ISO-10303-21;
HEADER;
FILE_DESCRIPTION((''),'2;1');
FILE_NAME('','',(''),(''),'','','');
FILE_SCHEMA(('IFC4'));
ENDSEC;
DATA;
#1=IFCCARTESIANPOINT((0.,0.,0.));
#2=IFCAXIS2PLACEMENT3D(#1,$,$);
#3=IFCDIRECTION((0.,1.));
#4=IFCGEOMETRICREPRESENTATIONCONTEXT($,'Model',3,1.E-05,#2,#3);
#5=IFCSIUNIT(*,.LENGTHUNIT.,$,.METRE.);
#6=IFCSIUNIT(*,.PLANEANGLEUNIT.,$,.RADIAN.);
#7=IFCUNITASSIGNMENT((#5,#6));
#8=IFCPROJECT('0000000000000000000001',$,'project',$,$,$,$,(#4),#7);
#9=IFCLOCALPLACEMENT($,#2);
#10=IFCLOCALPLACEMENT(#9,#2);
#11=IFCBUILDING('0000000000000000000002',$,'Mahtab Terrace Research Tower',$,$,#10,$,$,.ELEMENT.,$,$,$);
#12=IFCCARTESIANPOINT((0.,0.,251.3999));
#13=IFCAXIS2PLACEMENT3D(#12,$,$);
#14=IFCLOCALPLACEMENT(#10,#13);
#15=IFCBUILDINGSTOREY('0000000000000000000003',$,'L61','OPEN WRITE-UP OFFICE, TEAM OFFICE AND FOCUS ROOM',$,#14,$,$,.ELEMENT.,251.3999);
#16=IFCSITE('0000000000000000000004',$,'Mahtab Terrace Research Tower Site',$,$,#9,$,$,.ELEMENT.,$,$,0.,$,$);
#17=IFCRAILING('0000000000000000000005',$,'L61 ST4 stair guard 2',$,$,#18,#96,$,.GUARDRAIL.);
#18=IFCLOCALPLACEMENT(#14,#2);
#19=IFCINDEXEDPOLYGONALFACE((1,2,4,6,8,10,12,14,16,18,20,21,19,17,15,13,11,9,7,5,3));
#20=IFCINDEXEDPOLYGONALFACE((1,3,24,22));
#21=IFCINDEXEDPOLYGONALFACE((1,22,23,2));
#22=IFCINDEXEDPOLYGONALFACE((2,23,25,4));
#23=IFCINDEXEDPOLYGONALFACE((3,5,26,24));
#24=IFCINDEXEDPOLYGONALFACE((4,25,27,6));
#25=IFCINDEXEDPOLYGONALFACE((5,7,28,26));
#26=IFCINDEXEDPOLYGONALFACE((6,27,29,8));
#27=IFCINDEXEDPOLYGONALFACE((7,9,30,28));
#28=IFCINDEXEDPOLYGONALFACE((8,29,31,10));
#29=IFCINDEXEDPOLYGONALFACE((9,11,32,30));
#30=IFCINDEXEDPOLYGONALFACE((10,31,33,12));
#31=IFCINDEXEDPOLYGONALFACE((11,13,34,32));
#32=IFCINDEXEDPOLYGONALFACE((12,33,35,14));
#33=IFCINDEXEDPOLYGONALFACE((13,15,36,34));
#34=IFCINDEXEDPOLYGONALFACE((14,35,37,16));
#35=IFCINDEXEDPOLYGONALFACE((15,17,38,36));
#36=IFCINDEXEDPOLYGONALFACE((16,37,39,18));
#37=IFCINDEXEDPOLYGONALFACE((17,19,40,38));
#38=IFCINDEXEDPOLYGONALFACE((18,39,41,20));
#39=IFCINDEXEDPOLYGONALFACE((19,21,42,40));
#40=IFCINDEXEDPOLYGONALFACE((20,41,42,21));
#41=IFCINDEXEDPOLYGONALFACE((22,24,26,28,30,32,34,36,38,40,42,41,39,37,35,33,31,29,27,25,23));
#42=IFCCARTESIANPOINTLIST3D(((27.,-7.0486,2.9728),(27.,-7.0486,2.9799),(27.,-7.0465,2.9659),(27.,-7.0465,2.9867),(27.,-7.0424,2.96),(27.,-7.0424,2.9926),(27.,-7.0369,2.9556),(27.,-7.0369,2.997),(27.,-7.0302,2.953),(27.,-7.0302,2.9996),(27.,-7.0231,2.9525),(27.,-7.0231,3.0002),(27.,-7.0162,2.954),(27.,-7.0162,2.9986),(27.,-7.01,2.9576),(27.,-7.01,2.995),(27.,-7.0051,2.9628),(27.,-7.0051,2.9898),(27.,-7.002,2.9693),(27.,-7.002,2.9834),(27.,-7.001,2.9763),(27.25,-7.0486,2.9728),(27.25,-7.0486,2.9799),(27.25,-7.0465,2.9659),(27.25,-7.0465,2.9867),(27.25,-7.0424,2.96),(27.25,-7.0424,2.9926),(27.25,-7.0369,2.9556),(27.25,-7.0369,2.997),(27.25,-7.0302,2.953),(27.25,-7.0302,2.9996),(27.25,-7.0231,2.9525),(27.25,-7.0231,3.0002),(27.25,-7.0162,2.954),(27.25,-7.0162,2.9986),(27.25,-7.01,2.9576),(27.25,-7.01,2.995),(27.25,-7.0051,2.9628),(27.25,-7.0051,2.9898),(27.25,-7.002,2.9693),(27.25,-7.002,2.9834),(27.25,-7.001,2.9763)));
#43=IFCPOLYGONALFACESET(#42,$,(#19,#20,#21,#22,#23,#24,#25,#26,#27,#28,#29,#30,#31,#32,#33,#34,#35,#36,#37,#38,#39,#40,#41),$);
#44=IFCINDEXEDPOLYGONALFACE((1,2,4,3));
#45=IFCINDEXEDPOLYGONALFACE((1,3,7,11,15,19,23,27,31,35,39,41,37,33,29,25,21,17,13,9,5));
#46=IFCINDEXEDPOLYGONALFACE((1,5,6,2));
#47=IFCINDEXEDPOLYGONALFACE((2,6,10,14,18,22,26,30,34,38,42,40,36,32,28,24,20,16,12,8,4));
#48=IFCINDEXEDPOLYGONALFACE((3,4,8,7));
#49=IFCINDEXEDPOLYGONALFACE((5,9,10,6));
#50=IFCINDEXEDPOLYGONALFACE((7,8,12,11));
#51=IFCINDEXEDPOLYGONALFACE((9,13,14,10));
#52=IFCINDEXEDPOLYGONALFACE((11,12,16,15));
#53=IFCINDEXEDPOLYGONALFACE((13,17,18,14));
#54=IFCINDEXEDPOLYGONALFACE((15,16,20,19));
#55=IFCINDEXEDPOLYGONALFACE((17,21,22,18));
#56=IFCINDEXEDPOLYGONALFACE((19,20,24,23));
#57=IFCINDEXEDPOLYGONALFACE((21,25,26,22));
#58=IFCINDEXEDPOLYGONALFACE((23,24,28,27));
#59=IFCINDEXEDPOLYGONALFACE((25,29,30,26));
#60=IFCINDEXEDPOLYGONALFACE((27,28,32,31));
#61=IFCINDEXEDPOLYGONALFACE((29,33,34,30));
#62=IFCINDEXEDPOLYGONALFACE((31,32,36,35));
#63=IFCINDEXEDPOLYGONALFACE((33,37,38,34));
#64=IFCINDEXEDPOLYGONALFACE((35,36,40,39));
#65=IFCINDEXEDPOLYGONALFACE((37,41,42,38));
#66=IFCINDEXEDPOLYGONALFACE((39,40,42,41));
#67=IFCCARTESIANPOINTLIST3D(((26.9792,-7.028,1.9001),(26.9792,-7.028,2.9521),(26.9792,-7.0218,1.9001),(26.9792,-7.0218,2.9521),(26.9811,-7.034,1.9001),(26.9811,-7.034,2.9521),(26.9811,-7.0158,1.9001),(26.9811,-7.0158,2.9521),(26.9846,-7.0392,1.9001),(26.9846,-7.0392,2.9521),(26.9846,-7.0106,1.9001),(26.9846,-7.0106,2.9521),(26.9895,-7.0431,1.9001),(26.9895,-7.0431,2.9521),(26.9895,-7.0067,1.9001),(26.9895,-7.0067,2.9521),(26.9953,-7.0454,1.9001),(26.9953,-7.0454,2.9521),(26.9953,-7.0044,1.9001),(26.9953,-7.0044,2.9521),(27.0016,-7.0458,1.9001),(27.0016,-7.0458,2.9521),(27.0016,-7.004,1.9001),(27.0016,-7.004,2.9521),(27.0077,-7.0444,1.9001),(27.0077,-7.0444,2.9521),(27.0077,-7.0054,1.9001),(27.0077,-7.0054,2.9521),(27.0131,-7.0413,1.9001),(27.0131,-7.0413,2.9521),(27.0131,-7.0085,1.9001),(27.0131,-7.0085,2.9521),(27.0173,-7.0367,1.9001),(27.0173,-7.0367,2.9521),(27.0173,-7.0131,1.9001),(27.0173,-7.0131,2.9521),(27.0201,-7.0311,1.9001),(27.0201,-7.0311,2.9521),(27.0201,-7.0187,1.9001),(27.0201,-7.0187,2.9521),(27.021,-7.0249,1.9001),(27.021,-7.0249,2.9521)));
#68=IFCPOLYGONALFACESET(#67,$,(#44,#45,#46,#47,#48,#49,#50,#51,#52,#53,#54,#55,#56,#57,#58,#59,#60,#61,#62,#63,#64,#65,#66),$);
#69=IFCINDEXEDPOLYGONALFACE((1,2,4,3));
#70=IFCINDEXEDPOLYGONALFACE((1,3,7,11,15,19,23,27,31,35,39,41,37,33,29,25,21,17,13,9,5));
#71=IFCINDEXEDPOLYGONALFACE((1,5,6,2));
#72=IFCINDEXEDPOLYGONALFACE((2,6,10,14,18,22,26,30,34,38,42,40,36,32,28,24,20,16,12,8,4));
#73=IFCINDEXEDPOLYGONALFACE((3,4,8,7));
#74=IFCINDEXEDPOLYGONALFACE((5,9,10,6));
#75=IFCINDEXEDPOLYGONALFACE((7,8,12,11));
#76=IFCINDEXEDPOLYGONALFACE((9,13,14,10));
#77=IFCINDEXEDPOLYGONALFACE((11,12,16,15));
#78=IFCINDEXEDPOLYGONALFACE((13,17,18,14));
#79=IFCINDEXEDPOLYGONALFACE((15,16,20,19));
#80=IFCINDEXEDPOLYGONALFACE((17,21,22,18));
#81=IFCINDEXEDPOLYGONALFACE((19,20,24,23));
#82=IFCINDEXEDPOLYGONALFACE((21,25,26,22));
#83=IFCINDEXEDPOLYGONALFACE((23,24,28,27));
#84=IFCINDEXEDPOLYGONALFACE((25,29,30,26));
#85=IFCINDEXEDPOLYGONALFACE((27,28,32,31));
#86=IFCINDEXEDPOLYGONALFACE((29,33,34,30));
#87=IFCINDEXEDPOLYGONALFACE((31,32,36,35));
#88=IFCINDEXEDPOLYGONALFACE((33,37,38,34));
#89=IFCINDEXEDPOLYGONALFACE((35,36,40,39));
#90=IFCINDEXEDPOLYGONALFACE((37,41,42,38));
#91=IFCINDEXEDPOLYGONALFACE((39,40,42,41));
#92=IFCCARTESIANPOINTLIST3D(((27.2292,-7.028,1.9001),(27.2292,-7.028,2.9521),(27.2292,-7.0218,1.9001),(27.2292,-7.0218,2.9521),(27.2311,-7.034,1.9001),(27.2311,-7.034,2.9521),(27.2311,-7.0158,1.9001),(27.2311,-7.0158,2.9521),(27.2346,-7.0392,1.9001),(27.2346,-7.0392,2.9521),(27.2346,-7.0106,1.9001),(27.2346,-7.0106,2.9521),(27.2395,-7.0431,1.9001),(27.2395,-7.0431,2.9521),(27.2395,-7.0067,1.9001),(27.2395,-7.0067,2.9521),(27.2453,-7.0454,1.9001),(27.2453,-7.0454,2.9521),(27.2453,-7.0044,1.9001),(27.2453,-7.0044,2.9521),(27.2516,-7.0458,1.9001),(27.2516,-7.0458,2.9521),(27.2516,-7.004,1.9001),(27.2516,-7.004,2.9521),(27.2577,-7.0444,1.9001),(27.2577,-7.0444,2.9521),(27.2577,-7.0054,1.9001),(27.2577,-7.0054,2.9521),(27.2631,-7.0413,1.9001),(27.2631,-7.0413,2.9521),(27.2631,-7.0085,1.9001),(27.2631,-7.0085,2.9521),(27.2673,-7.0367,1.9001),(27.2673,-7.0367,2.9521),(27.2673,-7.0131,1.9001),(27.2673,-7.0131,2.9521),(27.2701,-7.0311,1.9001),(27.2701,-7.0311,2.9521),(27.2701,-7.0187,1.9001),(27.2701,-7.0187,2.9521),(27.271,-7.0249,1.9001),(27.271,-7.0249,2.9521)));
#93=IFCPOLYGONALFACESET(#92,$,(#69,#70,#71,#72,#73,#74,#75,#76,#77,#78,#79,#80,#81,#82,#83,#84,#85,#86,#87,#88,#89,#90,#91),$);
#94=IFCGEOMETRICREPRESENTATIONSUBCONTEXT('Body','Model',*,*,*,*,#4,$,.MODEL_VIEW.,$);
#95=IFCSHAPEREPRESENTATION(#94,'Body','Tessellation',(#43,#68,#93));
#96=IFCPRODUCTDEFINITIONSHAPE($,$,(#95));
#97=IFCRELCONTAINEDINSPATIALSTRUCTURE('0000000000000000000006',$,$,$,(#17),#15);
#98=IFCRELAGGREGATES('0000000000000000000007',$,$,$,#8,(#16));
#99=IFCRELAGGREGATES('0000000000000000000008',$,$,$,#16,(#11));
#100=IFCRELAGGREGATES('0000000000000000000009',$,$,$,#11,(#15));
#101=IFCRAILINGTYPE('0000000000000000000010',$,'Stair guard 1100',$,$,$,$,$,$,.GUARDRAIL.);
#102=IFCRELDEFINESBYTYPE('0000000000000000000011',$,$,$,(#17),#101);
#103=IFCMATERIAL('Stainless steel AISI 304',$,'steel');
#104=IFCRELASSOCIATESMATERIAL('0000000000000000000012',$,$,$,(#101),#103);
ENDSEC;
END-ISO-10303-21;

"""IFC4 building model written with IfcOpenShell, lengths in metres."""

from ifc_helpers import new_model, si_unit, direction, frame, origin, origin_2d, place, context, subcontext, project, spatial, circle, extrude, material, type_object, element, save


model = new_model("IFC4")

# Units and contexts
model_context = context("Model", 3, precision=1e-05, world=origin(), true_north=direction((0.0, 1.0)))
body_context = subcontext(model_context, "Body", "Model", "MODEL_VIEW")
ifc_project = project(units=[si_unit("LENGTHUNIT", "METRE"), si_unit("PLANEANGLEUNIT", "RADIAN")], contexts=[model_context])

# Site, building, storey
site_placement = place(None, origin())
site = spatial("IfcSite", under=ifc_project, at=site_placement, Name="Mahtab Terrace Research Tower Site", CompositionType="ELEMENT", RefElevation=0.0)
building_placement = place(site_placement, origin())
building = spatial("IfcBuilding", under=site, at=building_placement, Name="Mahtab Terrace Research Tower", CompositionType="ELEMENT")
storey_placement = place(building_placement, frame((0.0, 0.0, 251.3999)))
storey = spatial("IfcBuildingStorey", under=building, at=storey_placement, Name="L61", Description="OPEN WRITE-UP OFFICE, TEAM OFFICE AND FOCUS ROOM", CompositionType="ELEMENT", Elevation=251.3999)

# Shared definitions
ifc_material_1 = material(Name="Stainless steel AISI 304", Category="steel")

# Railing
railing_type_1 = type_object("IfcRailingType", Name="Stair guard 1100", PredefinedType="GUARDRAIL", material=ifc_material_1)
railing_1_placement = place(storey_placement, frame((27.0, -7.0249, 1.9001)))
element("IfcRailing", 1, at=railing_1_placement, inside=storey, type_object=railing_type_1, Name="L61 ST4 stair guard 2", PredefinedType="GUARDRAIL", context=body_context, shape_type="SweptSolid", body=[
    extrude(circle(Radius=0.0239, at=origin_2d()), frame((0.0, 0.0, 1.0762), z_axis=(1.0, 0.0, 0.0), x_axis=(0.0, 1.0, 0.0)), (0.0, 0.0, 1.0), 0.25),
    extrude(circle(Radius=0.021, at=origin_2d()), origin(), (0.0, 0.0, 1.0), 1.052),
    extrude(circle(Radius=0.021, at=origin_2d()), frame((0.25, 0.0, 0.0)), (0.0, 0.0, 1.0), 1.052),
])

save(model, "model.ifc")
